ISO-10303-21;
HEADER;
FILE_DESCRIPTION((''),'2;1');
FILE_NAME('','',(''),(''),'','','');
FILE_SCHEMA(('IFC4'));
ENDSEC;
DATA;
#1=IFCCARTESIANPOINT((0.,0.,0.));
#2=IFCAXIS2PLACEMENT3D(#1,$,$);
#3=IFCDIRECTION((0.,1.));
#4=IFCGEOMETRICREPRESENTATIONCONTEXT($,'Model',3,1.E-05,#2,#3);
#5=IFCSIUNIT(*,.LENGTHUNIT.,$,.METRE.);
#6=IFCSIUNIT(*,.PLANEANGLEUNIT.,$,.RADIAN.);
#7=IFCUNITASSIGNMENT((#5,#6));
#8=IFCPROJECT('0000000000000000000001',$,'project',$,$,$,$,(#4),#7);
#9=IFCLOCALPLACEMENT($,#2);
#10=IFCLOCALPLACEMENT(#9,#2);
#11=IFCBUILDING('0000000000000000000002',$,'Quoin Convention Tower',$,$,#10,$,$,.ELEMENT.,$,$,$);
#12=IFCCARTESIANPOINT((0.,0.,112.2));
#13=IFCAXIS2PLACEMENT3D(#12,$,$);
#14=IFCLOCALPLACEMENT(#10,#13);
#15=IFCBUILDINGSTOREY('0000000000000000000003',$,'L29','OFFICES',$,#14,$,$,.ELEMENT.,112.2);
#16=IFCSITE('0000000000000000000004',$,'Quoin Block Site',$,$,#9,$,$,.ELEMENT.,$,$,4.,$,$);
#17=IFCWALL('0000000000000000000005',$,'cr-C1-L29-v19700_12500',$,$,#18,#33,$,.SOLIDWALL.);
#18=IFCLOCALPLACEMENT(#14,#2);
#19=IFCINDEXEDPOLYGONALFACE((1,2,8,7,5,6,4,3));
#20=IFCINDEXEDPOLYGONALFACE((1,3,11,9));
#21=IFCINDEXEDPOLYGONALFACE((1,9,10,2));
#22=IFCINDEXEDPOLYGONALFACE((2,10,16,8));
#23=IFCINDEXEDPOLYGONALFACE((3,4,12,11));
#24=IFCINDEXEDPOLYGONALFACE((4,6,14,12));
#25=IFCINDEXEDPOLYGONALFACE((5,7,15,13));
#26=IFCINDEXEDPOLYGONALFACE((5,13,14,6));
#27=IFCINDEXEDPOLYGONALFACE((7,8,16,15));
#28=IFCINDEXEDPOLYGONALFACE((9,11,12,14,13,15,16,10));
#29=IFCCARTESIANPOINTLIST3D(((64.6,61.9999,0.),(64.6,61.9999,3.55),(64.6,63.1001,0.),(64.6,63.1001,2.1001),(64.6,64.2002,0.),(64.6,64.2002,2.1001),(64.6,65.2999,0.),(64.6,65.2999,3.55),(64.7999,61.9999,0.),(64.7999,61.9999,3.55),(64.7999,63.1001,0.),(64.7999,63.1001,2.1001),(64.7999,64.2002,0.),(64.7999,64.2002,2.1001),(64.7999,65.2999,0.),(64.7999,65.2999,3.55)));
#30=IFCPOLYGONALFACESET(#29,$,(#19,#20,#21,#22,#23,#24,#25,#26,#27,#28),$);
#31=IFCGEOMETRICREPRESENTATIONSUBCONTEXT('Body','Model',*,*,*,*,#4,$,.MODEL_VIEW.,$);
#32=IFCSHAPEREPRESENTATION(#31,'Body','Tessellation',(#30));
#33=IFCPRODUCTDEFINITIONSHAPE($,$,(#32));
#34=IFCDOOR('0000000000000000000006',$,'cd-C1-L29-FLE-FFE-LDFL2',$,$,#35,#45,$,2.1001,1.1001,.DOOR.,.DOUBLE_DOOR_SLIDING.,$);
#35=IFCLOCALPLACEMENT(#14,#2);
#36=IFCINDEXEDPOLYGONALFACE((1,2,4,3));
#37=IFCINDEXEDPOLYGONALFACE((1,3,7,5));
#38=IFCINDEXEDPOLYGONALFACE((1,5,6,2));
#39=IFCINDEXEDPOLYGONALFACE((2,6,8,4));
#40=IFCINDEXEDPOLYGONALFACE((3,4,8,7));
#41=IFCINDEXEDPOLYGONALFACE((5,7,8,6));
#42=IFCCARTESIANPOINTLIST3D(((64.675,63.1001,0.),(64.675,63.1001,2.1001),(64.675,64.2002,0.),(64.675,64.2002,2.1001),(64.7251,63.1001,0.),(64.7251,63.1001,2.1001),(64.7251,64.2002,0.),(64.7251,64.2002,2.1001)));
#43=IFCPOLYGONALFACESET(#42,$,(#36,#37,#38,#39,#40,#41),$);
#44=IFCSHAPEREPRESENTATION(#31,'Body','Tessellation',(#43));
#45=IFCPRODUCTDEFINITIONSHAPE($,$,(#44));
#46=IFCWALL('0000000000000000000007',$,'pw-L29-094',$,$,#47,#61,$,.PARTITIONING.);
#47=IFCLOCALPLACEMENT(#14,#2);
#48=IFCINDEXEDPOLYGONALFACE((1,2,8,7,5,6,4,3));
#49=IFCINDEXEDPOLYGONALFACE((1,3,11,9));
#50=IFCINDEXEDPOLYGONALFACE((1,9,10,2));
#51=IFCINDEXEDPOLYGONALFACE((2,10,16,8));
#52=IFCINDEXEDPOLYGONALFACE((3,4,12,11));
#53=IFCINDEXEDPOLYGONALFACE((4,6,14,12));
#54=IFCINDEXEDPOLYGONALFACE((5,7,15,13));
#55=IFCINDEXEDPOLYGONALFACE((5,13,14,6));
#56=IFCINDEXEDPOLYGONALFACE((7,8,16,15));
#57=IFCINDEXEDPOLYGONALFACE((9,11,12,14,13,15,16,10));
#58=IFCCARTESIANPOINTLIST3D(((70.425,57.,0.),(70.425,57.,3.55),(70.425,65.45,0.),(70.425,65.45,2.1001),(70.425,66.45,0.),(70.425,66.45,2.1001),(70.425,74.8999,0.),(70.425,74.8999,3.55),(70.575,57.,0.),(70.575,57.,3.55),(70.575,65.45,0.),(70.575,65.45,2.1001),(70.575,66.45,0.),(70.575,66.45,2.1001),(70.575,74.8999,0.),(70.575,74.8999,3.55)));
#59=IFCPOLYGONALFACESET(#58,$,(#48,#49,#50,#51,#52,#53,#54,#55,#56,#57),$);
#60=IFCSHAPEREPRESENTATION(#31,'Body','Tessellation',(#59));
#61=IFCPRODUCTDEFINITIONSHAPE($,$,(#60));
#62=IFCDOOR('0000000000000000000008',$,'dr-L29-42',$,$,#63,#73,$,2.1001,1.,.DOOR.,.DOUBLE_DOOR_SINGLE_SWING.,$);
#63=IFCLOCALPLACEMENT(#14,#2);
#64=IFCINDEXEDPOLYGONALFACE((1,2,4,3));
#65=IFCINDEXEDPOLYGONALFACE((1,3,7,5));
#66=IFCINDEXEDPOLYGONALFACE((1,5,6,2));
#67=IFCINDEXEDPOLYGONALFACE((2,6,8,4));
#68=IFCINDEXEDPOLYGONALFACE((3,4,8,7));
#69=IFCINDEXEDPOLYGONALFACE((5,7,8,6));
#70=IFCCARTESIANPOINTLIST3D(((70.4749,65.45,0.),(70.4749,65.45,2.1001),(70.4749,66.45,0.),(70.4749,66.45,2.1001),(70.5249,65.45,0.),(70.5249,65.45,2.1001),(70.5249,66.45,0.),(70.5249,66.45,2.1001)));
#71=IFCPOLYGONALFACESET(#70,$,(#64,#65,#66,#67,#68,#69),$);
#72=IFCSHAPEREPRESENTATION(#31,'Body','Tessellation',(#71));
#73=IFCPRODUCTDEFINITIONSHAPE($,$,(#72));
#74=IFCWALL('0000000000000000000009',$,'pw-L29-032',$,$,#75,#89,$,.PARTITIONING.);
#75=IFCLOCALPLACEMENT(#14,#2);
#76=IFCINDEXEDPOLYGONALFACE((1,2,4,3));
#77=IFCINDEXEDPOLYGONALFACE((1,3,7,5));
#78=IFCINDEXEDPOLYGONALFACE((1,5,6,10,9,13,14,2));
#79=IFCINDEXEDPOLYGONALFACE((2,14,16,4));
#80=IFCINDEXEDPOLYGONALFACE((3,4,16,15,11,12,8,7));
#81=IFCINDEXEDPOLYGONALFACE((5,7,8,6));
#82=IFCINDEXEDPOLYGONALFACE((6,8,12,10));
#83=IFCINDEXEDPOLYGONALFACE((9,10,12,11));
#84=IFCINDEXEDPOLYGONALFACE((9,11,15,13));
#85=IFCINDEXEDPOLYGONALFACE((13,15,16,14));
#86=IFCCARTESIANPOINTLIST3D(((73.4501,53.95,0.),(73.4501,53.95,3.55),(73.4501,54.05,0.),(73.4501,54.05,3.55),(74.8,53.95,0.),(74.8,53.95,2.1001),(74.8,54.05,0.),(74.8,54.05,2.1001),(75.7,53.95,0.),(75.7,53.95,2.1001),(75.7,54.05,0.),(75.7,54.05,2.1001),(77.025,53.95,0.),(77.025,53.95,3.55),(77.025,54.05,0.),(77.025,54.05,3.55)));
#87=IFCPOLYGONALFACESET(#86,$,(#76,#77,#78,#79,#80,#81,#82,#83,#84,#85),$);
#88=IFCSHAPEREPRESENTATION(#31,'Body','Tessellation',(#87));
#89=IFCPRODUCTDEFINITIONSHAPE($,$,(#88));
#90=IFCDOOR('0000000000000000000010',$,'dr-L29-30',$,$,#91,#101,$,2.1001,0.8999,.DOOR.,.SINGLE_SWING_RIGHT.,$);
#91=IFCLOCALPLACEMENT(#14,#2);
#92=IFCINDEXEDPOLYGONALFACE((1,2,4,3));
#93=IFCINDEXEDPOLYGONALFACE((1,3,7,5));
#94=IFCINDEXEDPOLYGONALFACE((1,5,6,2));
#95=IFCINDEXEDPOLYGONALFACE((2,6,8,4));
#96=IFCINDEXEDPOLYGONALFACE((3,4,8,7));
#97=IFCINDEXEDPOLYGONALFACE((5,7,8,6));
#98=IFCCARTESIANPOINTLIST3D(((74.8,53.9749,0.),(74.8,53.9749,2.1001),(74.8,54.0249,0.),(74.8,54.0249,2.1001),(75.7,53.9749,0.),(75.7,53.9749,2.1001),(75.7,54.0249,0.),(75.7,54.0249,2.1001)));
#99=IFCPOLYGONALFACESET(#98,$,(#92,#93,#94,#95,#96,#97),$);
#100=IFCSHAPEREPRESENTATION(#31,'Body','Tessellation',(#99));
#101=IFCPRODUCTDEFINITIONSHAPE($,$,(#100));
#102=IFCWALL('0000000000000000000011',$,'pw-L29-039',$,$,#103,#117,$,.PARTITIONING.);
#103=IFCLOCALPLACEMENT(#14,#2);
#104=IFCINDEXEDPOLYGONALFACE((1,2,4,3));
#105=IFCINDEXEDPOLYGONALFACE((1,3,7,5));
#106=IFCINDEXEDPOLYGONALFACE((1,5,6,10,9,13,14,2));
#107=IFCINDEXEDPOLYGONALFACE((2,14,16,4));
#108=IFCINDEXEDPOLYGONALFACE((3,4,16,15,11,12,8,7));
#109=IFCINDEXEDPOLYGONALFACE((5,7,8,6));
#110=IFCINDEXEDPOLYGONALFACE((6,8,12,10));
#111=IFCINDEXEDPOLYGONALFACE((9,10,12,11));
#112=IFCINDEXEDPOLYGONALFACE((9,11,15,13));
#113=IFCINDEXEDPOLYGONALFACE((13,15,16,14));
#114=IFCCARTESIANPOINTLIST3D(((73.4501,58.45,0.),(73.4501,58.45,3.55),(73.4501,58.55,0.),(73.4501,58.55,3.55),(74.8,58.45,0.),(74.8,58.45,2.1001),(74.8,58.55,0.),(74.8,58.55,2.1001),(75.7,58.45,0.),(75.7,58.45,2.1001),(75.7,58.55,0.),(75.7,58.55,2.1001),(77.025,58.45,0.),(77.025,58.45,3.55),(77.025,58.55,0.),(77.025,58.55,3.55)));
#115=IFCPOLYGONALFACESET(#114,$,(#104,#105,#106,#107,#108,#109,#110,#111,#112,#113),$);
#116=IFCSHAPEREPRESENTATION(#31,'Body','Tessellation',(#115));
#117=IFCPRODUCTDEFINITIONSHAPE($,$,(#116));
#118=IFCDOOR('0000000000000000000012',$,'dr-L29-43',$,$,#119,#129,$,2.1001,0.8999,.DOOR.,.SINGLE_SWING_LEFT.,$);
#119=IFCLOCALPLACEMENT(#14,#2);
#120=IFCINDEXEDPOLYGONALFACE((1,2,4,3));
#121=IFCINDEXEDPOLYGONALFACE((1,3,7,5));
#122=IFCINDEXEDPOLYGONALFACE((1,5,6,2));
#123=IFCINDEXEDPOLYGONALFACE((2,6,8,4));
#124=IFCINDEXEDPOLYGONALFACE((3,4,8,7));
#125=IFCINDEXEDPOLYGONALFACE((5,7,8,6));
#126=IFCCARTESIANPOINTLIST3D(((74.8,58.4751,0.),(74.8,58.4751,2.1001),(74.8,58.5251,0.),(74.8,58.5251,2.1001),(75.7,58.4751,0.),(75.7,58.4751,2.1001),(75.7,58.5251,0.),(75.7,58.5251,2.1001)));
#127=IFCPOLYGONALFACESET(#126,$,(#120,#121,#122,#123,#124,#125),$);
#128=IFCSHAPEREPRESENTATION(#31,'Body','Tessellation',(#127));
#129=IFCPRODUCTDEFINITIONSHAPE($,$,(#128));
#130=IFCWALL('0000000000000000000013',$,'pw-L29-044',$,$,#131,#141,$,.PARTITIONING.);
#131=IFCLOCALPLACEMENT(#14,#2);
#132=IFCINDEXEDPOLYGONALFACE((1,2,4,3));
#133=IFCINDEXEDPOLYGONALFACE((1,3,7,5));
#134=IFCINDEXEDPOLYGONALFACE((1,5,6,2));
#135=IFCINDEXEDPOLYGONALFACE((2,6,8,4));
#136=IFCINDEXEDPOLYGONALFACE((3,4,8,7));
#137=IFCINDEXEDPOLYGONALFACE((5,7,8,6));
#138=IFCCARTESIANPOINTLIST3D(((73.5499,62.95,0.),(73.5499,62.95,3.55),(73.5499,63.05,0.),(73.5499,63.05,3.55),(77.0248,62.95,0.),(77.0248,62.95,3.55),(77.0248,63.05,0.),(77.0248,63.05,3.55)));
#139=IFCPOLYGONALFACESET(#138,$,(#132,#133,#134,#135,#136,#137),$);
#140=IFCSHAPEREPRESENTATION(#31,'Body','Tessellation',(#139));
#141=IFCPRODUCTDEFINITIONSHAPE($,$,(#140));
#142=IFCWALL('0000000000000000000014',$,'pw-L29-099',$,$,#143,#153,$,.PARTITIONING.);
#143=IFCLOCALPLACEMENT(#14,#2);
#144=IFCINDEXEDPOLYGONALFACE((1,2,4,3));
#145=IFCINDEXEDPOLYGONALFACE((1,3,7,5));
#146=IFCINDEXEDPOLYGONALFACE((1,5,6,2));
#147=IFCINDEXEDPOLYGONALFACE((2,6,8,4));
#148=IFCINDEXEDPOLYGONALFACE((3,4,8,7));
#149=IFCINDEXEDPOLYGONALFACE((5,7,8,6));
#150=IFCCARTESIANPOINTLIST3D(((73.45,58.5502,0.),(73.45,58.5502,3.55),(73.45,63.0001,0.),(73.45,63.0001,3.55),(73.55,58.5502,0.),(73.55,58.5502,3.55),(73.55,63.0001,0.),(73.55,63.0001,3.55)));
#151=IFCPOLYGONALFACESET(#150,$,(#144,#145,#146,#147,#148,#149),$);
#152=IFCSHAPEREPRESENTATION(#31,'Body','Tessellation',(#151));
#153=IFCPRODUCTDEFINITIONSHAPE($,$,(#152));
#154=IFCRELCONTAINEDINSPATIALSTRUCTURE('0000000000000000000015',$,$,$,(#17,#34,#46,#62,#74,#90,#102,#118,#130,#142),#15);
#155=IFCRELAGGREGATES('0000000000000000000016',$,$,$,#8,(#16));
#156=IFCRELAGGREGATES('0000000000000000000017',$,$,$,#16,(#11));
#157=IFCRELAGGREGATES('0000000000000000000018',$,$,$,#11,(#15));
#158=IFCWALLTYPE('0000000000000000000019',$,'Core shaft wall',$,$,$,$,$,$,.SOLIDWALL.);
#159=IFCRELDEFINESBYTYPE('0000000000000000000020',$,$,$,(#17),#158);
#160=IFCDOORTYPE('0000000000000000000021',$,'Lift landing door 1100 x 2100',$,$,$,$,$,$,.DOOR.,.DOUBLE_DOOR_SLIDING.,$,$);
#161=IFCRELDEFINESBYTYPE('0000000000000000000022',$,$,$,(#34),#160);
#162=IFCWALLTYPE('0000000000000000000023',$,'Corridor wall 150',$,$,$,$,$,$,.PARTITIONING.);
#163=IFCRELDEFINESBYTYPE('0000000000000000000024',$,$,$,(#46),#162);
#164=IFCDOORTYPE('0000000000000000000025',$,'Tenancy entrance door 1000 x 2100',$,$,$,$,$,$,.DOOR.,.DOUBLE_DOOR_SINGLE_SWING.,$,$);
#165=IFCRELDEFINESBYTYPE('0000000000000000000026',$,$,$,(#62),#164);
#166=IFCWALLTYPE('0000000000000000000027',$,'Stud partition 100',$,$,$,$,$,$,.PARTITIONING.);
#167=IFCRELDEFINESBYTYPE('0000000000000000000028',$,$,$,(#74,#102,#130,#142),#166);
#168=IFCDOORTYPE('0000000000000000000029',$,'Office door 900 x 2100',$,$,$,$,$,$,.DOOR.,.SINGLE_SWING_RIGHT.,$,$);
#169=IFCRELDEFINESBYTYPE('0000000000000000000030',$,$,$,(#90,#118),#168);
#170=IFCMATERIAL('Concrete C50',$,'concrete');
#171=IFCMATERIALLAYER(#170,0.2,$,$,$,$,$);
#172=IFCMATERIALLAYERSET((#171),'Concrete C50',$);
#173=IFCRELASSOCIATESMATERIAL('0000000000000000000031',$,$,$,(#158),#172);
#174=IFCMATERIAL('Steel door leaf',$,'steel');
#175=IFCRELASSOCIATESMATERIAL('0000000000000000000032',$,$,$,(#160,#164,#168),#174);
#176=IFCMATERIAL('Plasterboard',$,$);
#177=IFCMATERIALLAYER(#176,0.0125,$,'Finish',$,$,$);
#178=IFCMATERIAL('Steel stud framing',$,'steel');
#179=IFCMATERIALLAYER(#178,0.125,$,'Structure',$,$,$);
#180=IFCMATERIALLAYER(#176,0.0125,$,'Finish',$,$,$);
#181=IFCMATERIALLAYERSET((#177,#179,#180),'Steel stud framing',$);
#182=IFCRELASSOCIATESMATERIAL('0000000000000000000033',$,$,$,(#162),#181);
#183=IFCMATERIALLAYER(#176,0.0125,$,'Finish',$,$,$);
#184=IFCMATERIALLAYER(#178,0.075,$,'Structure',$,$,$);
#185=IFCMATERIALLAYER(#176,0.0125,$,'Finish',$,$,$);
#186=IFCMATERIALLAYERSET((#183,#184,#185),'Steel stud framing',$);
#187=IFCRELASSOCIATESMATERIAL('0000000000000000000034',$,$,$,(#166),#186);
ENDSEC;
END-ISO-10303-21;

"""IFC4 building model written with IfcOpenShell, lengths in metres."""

from ifc_helpers import new_model, si_unit, direction, frame, frame_2d, origin, place, context, subcontext, project, spatial, rectangle, extrude, material, layer, layer_set, type_object, element, fill, save


model = new_model("IFC4")

# Units and contexts
model_context = context("Model", 3, precision=1e-05, world=origin(), true_north=direction((0.0, 1.0)))
body_context = subcontext(model_context, "Body", "Model", "MODEL_VIEW")
ifc_project = project(units=[si_unit("LENGTHUNIT", "METRE"), si_unit("PLANEANGLEUNIT", "RADIAN")], contexts=[model_context])

# Site, building, storey
site_placement = place(None, origin())
site = spatial("IfcSite", under=ifc_project, at=site_placement, Name="Quoin Block Site", CompositionType="ELEMENT", RefElevation=4.0)
building_placement = place(site_placement, origin())
building = spatial("IfcBuilding", under=site, at=building_placement, Name="Quoin Convention Tower", CompositionType="ELEMENT")
storey_placement = place(building_placement, frame((0.0, 0.0, 112.2)))
storey = spatial("IfcBuildingStorey", under=building, at=storey_placement, Name="L29", Description="OFFICES", CompositionType="ELEMENT", Elevation=112.2)

# Shared definitions
ifc_material_1 = material(Name="Plasterboard")
ifc_material_2 = material(Name="Steel stud framing", Category="steel")
ifc_material_3 = material(Name="Concrete C50", Category="concrete")
ifc_layer_1 = layer(ifc_material_3, 0.2)
ifc_layer_set_1 = layer_set([ifc_layer_1], Name="Concrete C50")
wall_type_1 = type_object("IfcWallType", Name="Core shaft wall", PredefinedType="SOLIDWALL", material=ifc_layer_set_1)

# Walls, openings, doors
wall_1_placement = place(storey_placement, frame((64.7, 62.0, 0.0), z_axis=(0.0, 0.0, 1.0), x_axis=(0.0, 1.0, 0.0)))
wall_1 = element("IfcWall", 1, at=wall_1_placement, inside=storey, type_object=wall_type_1, Name="cr-C1-L29-v19700_12500", PredefinedType="SOLIDWALL", context=body_context, shape_type="SweptSolid", body=[
    extrude(rectangle(XDim=3.3, YDim=0.2, at=frame_2d((1.6499, 0.0))), origin(), (0.0, 0.0, 1.0), 3.55),
])
opening_1_placement = place(wall_1_placement, frame((1.1001, 0.0, 0.0)))
opening_1 = element("IfcOpeningElement", 2, at=opening_1_placement, cuts=wall_1, PredefinedType="OPENING", context=body_context, shape_type="SweptSolid", body=[
    extrude(rectangle(XDim=1.1001, YDim=2.1001, at=frame_2d((0.55, 1.05))), frame((0.0, 0.1099, 0.0), z_axis=(0.0, -1.0, 0.0), x_axis=(1.0, 0.0, 0.0)), (0.0, 0.0, 1.0), 0.22),
])
ifc_material_4 = material(Name="Steel door leaf", Category="steel")
door_type_1 = type_object("IfcDoorType", Name="Lift landing door 1100 x 2100", OperationType="DOUBLE_DOOR_SLIDING", PredefinedType="DOOR", material=ifc_material_4)
door_1_placement = place(opening_1_placement, origin())
door_1 = element("IfcDoor", 3, at=door_1_placement, inside=storey, type_object=door_type_1, Name="cd-C1-L29-FLE-FFE-LDFL2", OperationType="DOUBLE_DOOR_SLIDING", OverallHeight=2.1001, OverallWidth=1.1001, PredefinedType="DOOR", context=body_context, shape_type="SweptSolid", body=[
    extrude(rectangle(XDim=1.1001, YDim=2.1001, at=frame_2d((0.55, 1.05))), frame((0.0, 0.0249, 0.0), z_axis=(0.0, -1.0, 0.0), x_axis=(1.0, 0.0, 0.0)), (0.0, 0.0, 1.0), 0.05),
])
fill(opening_1, door_1)
ifc_layer_2 = layer(ifc_material_1, 0.0125, Name="Finish")
ifc_layer_3 = layer(ifc_material_2, 0.125, Name="Structure")
ifc_layer_4 = layer(ifc_material_1, 0.0125, Name="Finish")
ifc_layer_set_2 = layer_set([ifc_layer_2, ifc_layer_3, ifc_layer_4], Name="Steel stud framing")
wall_type_2 = type_object("IfcWallType", Name="Corridor wall 150", PredefinedType="PARTITIONING", material=ifc_layer_set_2)
wall_2_placement = place(storey_placement, frame((70.5, 57.0, 0.0), z_axis=(0.0, 0.0, 1.0), x_axis=(0.0, 1.0, 0.0)))
wall_2 = element("IfcWall", 4, at=wall_2_placement, inside=storey, type_object=wall_type_2, Name="pw-L29-094", PredefinedType="PARTITIONING", context=body_context, shape_type="SweptSolid", body=[
    extrude(rectangle(XDim=17.8999, YDim=0.1499, at=frame_2d((8.95, 0.0))), origin(), (0.0, 0.0, 1.0), 3.55),
])
opening_2_placement = place(wall_2_placement, frame((8.45, 0.0, 0.0)))
opening_2 = element("IfcOpeningElement", 5, at=opening_2_placement, cuts=wall_2, PredefinedType="OPENING", context=body_context, shape_type="SweptSolid", body=[
    extrude(rectangle(XDim=1.0, YDim=2.1001, at=frame_2d((0.5, 1.05))), frame((0.0, 0.085, 0.0), z_axis=(0.0, -1.0, 0.0), x_axis=(1.0, 0.0, 0.0)), (0.0, 0.0, 1.0), 0.1699),
])
door_type_2 = type_object("IfcDoorType", Name="Tenancy entrance door 1000 x 2100", OperationType="DOUBLE_DOOR_SINGLE_SWING", PredefinedType="DOOR", material=ifc_material_4)
door_2_placement = place(opening_2_placement, frame((1.0, 0.0, 0.0), z_axis=(0.0, 0.0, 1.0), x_axis=(-1.0, 0.0, 0.0)))
door_2 = element("IfcDoor", 6, at=door_2_placement, inside=storey, type_object=door_type_2, Name="dr-L29-42", OperationType="DOUBLE_DOOR_SINGLE_SWING", OverallHeight=2.1001, OverallWidth=1.0, PredefinedType="DOOR", context=body_context, shape_type="SweptSolid", body=[
    extrude(rectangle(XDim=1.0, YDim=2.1001, at=frame_2d((0.5, 1.05))), frame((0.0, 0.0249, 0.0), z_axis=(0.0, -1.0, 0.0), x_axis=(1.0, 0.0, 0.0)), (0.0, 0.0, 1.0), 0.05),
])
fill(opening_2, door_2)
ifc_layer_5 = layer(ifc_material_1, 0.0125, Name="Finish")
ifc_layer_6 = layer(ifc_material_2, 0.075, Name="Structure")
ifc_layer_7 = layer(ifc_material_1, 0.0125, Name="Finish")
ifc_layer_set_3 = layer_set([ifc_layer_5, ifc_layer_6, ifc_layer_7], Name="Steel stud framing")
wall_type_3 = type_object("IfcWallType", Name="Stud partition 100", PredefinedType="PARTITIONING", material=ifc_layer_set_3)
wall_3_placement = place(storey_placement, frame((73.45, 54.0, 0.0), z_axis=(0.0, 0.0, 1.0), x_axis=(1.0, 0.0, 0.0)))
wall_3 = element("IfcWall", 7, at=wall_3_placement, inside=storey, type_object=wall_type_3, Name="pw-L29-032", PredefinedType="PARTITIONING", context=body_context, shape_type="SweptSolid", body=[
    extrude(rectangle(XDim=3.575, YDim=0.1001, at=frame_2d((1.7876, 0.0))), origin(), (0.0, 0.0, 1.0), 3.55),
])
opening_3_placement = place(wall_3_placement, frame((1.3501, 0.0, 0.0)))
opening_3 = element("IfcOpeningElement", 8, at=opening_3_placement, cuts=wall_3, PredefinedType="OPENING", context=body_context, shape_type="SweptSolid", body=[
    extrude(rectangle(XDim=0.8999, YDim=2.1001, at=frame_2d((0.45, 1.05))), frame((0.0, 0.0601, 0.0), z_axis=(0.0, -1.0, 0.0), x_axis=(1.0, 0.0, 0.0)), (0.0, 0.0, 1.0), 0.1201),
])
door_type_3 = type_object("IfcDoorType", Name="Office door 900 x 2100", OperationType="SINGLE_SWING_RIGHT", PredefinedType="DOOR", material=ifc_material_4)
door_3_placement = place(opening_3_placement, origin())
door_3 = element("IfcDoor", 9, at=door_3_placement, inside=storey, type_object=door_type_3, Name="dr-L29-30", OperationType="SINGLE_SWING_RIGHT", OverallHeight=2.1001, OverallWidth=0.8999, PredefinedType="DOOR", context=body_context, shape_type="SweptSolid", body=[
    extrude(rectangle(XDim=0.8999, YDim=2.1001, at=frame_2d((0.45, 1.05))), frame((0.0, 0.0249, 0.0), z_axis=(0.0, -1.0, 0.0), x_axis=(1.0, 0.0, 0.0)), (0.0, 0.0, 1.0), 0.05),
])
fill(opening_3, door_3)
wall_4_placement = place(storey_placement, frame((73.45, 58.5, 0.0), z_axis=(0.0, 0.0, 1.0), x_axis=(1.0, 0.0, 0.0)))
wall_4 = element("IfcWall", 10, at=wall_4_placement, inside=storey, type_object=wall_type_3, Name="pw-L29-039", PredefinedType="PARTITIONING", context=body_context, shape_type="SweptSolid", body=[
    extrude(rectangle(XDim=3.575, YDim=0.1001, at=frame_2d((1.7876, 0.0))), origin(), (0.0, 0.0, 1.0), 3.55),
])
opening_4_placement = place(wall_4_placement, frame((1.3501, 0.0, 0.0)))
opening_4 = element("IfcOpeningElement", 11, at=opening_4_placement, cuts=wall_4, PredefinedType="OPENING", context=body_context, shape_type="SweptSolid", body=[
    extrude(rectangle(XDim=0.8999, YDim=2.1001, at=frame_2d((0.45, 1.05))), frame((0.0, 0.0601, 0.0), z_axis=(0.0, -1.0, 0.0), x_axis=(1.0, 0.0, 0.0)), (0.0, 0.0, 1.0), 0.1201),
])
door_4_placement = place(opening_4_placement, frame((0.8999, 0.0, 0.0), z_axis=(0.0, 0.0, 1.0), x_axis=(-1.0, 0.0, 0.0)))
door_4 = element("IfcDoor", 12, at=door_4_placement, inside=storey, type_object=door_type_3, Name="dr-L29-43", OperationType="SINGLE_SWING_LEFT", OverallHeight=2.1001, OverallWidth=0.8999, PredefinedType="DOOR", context=body_context, shape_type="SweptSolid", body=[
    extrude(rectangle(XDim=0.8999, YDim=2.1001, at=frame_2d((0.45, 1.05))), frame((0.0, 0.0249, 0.0), z_axis=(0.0, -1.0, 0.0), x_axis=(1.0, 0.0, 0.0)), (0.0, 0.0, 1.0), 0.05),
])
fill(opening_4, door_4)

# Walls
wall_5_placement = place(storey_placement, frame((73.55, 63.0, 0.0), z_axis=(0.0, 0.0, 1.0), x_axis=(1.0, 0.0, 0.0)))
element("IfcWall", 13, at=wall_5_placement, inside=storey, type_object=wall_type_3, Name="pw-L29-044", PredefinedType="PARTITIONING", context=body_context, shape_type="SweptSolid", body=[
    extrude(rectangle(XDim=3.4749, YDim=0.1001, at=frame_2d((1.7373, 0.0))), origin(), (0.0, 0.0, 1.0), 3.55),
])
wall_6_placement = place(storey_placement, frame((73.5, 58.55, 0.0), z_axis=(0.0, 0.0, 1.0), x_axis=(0.0, 1.0, 0.0)))
element("IfcWall", 14, at=wall_6_placement, inside=storey, type_object=wall_type_3, Name="pw-L29-099", PredefinedType="PARTITIONING", context=body_context, shape_type="SweptSolid", body=[
    extrude(rectangle(XDim=4.45, YDim=0.1001, at=frame_2d((2.2251, 0.0))), origin(), (0.0, 0.0, 1.0), 3.55),
])

save(model, "model.ifc")
